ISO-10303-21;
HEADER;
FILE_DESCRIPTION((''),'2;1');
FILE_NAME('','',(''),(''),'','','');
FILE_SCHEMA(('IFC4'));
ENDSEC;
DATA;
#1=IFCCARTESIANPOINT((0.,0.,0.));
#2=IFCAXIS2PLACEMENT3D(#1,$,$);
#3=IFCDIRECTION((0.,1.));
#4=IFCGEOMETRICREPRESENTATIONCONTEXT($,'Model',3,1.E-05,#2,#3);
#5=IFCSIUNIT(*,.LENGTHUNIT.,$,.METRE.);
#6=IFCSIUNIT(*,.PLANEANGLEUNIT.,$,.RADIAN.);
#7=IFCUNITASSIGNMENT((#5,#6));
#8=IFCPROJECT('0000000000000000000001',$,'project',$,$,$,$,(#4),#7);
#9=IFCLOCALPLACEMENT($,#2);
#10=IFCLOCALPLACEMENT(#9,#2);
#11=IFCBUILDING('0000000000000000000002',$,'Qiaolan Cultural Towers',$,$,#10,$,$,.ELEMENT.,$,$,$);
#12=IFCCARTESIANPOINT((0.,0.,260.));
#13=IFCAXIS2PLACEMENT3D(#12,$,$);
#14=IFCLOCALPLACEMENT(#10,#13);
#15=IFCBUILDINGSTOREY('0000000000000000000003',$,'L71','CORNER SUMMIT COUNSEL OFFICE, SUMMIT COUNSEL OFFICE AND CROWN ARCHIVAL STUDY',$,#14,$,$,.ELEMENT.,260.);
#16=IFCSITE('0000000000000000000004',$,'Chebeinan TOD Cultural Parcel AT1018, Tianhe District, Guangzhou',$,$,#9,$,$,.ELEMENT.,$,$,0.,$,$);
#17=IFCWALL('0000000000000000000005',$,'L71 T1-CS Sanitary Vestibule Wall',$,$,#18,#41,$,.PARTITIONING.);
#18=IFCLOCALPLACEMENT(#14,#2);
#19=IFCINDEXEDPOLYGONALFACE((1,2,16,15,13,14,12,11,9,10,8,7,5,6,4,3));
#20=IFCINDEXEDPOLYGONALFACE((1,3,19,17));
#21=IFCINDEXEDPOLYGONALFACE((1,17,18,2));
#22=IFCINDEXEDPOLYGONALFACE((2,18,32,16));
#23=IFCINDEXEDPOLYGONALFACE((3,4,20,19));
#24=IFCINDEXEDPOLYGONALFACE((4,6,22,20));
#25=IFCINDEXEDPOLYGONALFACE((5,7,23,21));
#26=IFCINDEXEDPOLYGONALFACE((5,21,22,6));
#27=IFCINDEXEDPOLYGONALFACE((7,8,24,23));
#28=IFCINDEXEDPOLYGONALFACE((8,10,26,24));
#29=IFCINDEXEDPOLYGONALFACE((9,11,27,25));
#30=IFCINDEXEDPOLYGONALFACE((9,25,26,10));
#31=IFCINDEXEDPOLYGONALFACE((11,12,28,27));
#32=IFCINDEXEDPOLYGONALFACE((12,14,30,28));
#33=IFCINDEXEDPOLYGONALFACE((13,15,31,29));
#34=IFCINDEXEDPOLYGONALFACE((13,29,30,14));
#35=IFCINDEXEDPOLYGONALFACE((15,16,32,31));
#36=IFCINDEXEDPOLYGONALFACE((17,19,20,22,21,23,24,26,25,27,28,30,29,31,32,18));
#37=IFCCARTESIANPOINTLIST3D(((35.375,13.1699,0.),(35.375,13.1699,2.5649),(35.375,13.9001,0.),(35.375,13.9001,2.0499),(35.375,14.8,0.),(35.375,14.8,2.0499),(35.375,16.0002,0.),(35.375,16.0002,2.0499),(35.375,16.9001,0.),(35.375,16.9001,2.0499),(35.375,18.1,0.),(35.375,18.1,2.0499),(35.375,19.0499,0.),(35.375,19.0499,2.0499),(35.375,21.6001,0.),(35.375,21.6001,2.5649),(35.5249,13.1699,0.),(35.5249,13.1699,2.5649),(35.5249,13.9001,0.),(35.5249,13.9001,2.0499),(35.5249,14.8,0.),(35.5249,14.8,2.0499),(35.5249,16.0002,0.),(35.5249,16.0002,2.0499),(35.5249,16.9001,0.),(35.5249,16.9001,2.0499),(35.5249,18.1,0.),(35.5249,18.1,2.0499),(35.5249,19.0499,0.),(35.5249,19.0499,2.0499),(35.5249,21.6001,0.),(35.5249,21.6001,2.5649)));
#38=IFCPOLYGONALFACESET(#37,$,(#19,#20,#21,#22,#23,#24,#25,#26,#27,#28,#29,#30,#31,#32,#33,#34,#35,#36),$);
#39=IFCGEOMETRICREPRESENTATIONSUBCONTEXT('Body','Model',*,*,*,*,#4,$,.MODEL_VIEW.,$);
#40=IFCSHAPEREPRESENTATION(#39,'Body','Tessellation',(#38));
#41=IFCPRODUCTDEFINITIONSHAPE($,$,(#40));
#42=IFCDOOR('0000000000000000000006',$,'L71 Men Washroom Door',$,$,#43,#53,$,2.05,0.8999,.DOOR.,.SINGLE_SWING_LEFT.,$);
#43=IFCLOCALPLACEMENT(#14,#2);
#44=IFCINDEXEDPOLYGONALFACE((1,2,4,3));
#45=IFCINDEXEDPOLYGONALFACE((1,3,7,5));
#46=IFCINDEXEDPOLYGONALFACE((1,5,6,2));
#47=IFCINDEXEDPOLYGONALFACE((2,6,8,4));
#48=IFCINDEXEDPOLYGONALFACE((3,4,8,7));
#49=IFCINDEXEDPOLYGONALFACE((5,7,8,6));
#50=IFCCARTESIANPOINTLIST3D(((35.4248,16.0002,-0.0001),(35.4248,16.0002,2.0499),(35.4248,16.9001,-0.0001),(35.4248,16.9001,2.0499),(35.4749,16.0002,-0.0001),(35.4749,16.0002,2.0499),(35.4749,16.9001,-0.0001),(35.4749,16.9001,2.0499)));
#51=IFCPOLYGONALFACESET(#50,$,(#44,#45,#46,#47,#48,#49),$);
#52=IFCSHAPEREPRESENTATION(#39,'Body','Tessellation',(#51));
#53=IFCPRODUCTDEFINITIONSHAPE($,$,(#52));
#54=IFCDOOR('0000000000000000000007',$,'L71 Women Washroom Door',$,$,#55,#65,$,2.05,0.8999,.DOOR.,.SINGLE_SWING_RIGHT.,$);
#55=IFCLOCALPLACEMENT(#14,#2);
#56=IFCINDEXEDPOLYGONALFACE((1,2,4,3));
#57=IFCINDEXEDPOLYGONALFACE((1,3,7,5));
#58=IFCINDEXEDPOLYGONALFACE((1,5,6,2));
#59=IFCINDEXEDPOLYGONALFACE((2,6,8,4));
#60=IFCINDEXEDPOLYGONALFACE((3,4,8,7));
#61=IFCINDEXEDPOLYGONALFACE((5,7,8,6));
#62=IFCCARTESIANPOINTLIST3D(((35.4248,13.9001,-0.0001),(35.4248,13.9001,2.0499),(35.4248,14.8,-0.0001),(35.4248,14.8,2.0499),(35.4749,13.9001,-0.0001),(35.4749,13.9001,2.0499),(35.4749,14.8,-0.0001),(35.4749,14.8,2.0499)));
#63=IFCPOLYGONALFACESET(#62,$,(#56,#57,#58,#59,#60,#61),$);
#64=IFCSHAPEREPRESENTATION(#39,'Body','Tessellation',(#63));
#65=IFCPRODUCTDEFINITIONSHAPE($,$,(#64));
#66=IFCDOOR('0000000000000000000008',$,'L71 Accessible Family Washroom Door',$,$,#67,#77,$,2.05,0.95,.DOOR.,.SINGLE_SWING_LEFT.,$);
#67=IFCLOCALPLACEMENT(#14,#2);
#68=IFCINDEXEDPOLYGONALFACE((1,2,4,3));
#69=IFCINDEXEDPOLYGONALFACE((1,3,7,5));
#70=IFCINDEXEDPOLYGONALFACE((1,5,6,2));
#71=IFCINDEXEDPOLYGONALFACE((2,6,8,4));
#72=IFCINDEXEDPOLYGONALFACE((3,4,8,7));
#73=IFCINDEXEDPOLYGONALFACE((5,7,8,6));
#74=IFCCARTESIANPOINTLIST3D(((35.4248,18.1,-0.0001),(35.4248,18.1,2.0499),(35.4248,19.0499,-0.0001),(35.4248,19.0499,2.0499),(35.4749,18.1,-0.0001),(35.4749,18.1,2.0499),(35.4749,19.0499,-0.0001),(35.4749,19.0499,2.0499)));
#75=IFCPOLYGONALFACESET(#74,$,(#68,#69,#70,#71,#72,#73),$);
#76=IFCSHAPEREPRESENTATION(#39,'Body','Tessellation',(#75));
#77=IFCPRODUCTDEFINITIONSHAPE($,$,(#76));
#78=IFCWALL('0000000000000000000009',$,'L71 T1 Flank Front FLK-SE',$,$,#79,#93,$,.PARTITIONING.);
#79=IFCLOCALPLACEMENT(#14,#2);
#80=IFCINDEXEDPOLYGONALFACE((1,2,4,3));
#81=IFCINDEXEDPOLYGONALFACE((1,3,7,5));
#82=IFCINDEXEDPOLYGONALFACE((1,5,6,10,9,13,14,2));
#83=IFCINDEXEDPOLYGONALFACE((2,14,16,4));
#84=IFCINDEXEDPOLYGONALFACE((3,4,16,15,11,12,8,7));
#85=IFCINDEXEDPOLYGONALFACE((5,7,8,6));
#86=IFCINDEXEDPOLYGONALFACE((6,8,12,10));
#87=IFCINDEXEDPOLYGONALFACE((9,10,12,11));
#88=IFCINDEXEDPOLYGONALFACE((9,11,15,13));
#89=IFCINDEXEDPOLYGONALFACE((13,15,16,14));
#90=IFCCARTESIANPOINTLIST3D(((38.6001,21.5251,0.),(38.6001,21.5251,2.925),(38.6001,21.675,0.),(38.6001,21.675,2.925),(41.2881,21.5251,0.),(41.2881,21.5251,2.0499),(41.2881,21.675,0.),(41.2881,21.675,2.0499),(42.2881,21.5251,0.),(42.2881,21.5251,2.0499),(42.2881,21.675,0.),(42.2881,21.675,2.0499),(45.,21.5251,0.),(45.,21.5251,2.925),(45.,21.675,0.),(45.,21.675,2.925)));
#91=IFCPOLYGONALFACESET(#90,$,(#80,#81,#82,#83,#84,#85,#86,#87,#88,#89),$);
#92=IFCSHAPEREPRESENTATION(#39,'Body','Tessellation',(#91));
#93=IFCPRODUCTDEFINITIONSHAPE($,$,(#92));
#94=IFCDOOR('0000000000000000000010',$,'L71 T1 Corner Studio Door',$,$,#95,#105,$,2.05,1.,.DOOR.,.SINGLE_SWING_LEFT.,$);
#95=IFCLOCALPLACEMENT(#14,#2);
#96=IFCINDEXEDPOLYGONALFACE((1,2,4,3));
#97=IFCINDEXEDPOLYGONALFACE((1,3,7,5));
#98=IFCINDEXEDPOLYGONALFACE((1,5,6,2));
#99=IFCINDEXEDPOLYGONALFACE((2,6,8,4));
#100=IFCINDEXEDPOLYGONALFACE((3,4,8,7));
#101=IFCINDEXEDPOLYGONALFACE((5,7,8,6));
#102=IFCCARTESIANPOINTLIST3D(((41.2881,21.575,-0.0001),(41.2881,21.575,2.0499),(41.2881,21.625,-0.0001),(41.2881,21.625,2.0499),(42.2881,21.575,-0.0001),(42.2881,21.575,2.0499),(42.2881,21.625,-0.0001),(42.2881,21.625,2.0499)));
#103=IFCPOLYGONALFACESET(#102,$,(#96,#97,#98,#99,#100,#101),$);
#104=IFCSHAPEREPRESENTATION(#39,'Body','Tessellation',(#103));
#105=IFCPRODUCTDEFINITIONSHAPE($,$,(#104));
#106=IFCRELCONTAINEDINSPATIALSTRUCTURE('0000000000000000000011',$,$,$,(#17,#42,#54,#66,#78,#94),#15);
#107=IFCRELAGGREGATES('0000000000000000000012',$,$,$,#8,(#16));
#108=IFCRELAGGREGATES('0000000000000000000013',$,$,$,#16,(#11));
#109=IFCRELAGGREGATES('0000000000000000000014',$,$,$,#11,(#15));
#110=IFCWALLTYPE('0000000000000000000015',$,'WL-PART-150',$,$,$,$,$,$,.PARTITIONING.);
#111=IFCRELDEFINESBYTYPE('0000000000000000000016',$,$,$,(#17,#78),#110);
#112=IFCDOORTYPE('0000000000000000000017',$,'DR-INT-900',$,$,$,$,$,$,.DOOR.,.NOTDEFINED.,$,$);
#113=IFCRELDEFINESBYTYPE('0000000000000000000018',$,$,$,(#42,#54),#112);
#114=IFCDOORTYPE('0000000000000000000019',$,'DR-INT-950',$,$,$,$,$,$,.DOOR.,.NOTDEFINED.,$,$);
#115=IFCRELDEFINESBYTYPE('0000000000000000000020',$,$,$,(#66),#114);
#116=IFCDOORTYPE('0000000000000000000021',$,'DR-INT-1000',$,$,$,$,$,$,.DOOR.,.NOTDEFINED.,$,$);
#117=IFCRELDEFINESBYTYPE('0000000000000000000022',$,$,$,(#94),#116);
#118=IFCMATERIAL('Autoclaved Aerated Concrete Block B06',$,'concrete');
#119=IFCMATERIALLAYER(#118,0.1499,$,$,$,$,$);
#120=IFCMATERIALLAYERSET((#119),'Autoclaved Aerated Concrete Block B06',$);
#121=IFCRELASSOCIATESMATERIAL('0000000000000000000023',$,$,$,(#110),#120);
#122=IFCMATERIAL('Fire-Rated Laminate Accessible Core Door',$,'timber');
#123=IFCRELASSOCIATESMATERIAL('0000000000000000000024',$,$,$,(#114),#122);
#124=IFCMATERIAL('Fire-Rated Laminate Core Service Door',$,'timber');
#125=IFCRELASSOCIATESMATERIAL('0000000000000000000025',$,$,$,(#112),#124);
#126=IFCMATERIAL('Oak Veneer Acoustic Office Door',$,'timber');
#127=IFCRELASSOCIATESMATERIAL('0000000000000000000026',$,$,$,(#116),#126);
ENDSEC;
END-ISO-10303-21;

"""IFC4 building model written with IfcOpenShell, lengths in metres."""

from ifc_helpers import new_model, si_unit, direction, frame, frame_2d, origin, place, context, subcontext, project, spatial, rectangle, extrude, material, layer, layer_set, type_object, element, fill, save


model = new_model("IFC4")

# Units and contexts
model_context = context("Model", 3, precision=1e-05, world=origin(), true_north=direction((0.0, 1.0)))
body_context = subcontext(model_context, "Body", "Model", "MODEL_VIEW")
ifc_project = project(units=[si_unit("LENGTHUNIT", "METRE"), si_unit("PLANEANGLEUNIT", "RADIAN")], contexts=[model_context])

# Site, building, storey
site_placement = place(None, origin())
site = spatial("IfcSite", under=ifc_project, at=site_placement, Name="Chebeinan TOD Cultural Parcel AT1018, Tianhe District, Guangzhou", CompositionType="ELEMENT", RefElevation=0.0)
building_placement = place(site_placement, origin())
building = spatial("IfcBuilding", under=site, at=building_placement, Name="Qiaolan Cultural Towers", CompositionType="ELEMENT")
storey_placement = place(building_placement, frame((0.0, 0.0, 260.0)))
storey = spatial("IfcBuildingStorey", under=building, at=storey_placement, Name="L71", Description="CORNER SUMMIT COUNSEL OFFICE, SUMMIT COUNSEL OFFICE AND CROWN ARCHIVAL STUDY", CompositionType="ELEMENT", Elevation=260.0)

# Shared definitions
ifc_material_1 = material(Name="Autoclaved Aerated Concrete Block B06", Category="concrete")
ifc_layer_1 = layer(ifc_material_1, 0.1499)
ifc_layer_set_1 = layer_set([ifc_layer_1], Name="Autoclaved Aerated Concrete Block B06")
wall_type_1 = type_object("IfcWallType", Name="WL-PART-150", PredefinedType="PARTITIONING", material=ifc_layer_set_1)
ifc_material_2 = material(Name="Fire-Rated Laminate Accessible Core Door", Category="timber")
door_type_1 = type_object("IfcDoorType", Name="DR-INT-950", OperationType="NOTDEFINED", PredefinedType="DOOR", material=ifc_material_2)

# Wall, openings, doors
wall_1_placement = place(storey_placement, frame((35.45, 21.6001, 0.0), z_axis=(0.0, 0.0, 1.0), x_axis=(0.0, -1.0, 0.0)))
wall_1 = element("IfcWall", 1, at=wall_1_placement, inside=storey, type_object=wall_type_1, Name="L71 T1-CS Sanitary Vestibule Wall", PredefinedType="PARTITIONING", context=body_context, shape_type="SweptSolid", body=[
    extrude(rectangle(XDim=8.4302, YDim=0.1499, at=frame_2d((4.2151, 0.0))), origin(), (0.0, 0.0, 1.0), 2.5649),
])
opening_1_placement = place(wall_1_placement, frame((2.55, 0.0, 0.0)))
opening_1 = element("IfcOpeningElement", 2, at=opening_1_placement, cuts=wall_1, PredefinedType="OPENING", context=body_context, shape_type="SweptSolid", body=[
    extrude(rectangle(XDim=0.95, YDim=2.05, at=frame_2d((0.4751, 1.0249))), frame((0.0, 0.085, 0.0), z_axis=(0.0, -1.0, 0.0), x_axis=(1.0, 0.0, 0.0)), (0.0, 0.0, 1.0), 0.1699),
])
opening_2_placement = place(wall_1_placement, frame((4.7, 0.0, 0.0)))
opening_2 = element("IfcOpeningElement", 3, at=opening_2_placement, cuts=wall_1, PredefinedType="OPENING", context=body_context, shape_type="SweptSolid", body=[
    extrude(rectangle(XDim=0.8999, YDim=2.05, at=frame_2d((0.45, 1.0249))), frame((0.0, 0.085, 0.0), z_axis=(0.0, -1.0, 0.0), x_axis=(1.0, 0.0, 0.0)), (0.0, 0.0, 1.0), 0.1699),
])
opening_3_placement = place(wall_1_placement, frame((6.8, 0.0, 0.0)))
opening_3 = element("IfcOpeningElement", 4, at=opening_3_placement, cuts=wall_1, PredefinedType="OPENING", context=body_context, shape_type="SweptSolid", body=[
    extrude(rectangle(XDim=0.8999, YDim=2.05, at=frame_2d((0.45, 1.0249))), frame((0.0, 0.085, 0.0), z_axis=(0.0, -1.0, 0.0), x_axis=(1.0, 0.0, 0.0)), (0.0, 0.0, 1.0), 0.1699),
])
ifc_material_3 = material(Name="Fire-Rated Laminate Core Service Door", Category="timber")
door_type_2 = type_object("IfcDoorType", Name="DR-INT-900", OperationType="NOTDEFINED", PredefinedType="DOOR", material=ifc_material_3)
door_1_placement = place(opening_2_placement, origin())
door_1 = element("IfcDoor", 5, at=door_1_placement, inside=storey, type_object=door_type_2, Name="L71 Men Washroom Door", OperationType="SINGLE_SWING_LEFT", OverallHeight=2.05, OverallWidth=0.8999, PredefinedType="DOOR", context=body_context, shape_type="SweptSolid", body=[
    extrude(rectangle(XDim=0.8999, YDim=2.05, at=frame_2d((0.45, 1.0249))), frame((0.0, 0.0249, 0.0), z_axis=(0.0, -1.0, 0.0), x_axis=(1.0, 0.0, 0.0)), (0.0, 0.0, 1.0), 0.05),
])
fill(opening_2, door_1)
door_2_placement = place(opening_3_placement, origin())
door_2 = element("IfcDoor", 6, at=door_2_placement, inside=storey, type_object=door_type_2, Name="L71 Women Washroom Door", OperationType="SINGLE_SWING_RIGHT", OverallHeight=2.05, OverallWidth=0.8999, PredefinedType="DOOR", context=body_context, shape_type="SweptSolid", body=[
    extrude(rectangle(XDim=0.8999, YDim=2.05, at=frame_2d((0.45, 1.0249))), frame((0.0, 0.0249, 0.0), z_axis=(0.0, -1.0, 0.0), x_axis=(1.0, 0.0, 0.0)), (0.0, 0.0, 1.0), 0.05),
])
fill(opening_3, door_2)
door_3_placement = place(opening_1_placement, origin())
door_3 = element("IfcDoor", 7, at=door_3_placement, inside=storey, type_object=door_type_1, Name="L71 Accessible Family Washroom Door", OperationType="SINGLE_SWING_LEFT", OverallHeight=2.05, OverallWidth=0.95, PredefinedType="DOOR", context=body_context, shape_type="SweptSolid", body=[
    extrude(rectangle(XDim=0.95, YDim=2.05, at=frame_2d((0.4751, 1.0249))), frame((0.0, 0.0249, 0.0), z_axis=(0.0, -1.0, 0.0), x_axis=(1.0, 0.0, 0.0)), (0.0, 0.0, 1.0), 0.05),
])
fill(opening_1, door_3)

# Wall, opening, door
wall_2_placement = place(storey_placement, frame((38.6001, 21.6001, 0.0), z_axis=(0.0, 0.0, 1.0), x_axis=(1.0, 0.0, 0.0)))
wall_2 = element("IfcWall", 8, at=wall_2_placement, inside=storey, type_object=wall_type_1, Name="L71 T1 Flank Front FLK-SE", PredefinedType="PARTITIONING", context=body_context, shape_type="SweptSolid", body=[
    extrude(rectangle(XDim=6.3999, YDim=0.1499, at=frame_2d((3.2, 0.0))), origin(), (0.0, 0.0, 1.0), 2.925),
])
opening_4_placement = place(wall_2_placement, frame((2.688, 0.0, 0.0)))
opening_4 = element("IfcOpeningElement", 9, at=opening_4_placement, cuts=wall_2, PredefinedType="OPENING", context=body_context, shape_type="SweptSolid", body=[
    extrude(rectangle(XDim=1.0, YDim=2.05, at=frame_2d((0.5, 1.0249))), frame((0.0, 0.085, 0.0), z_axis=(0.0, -1.0, 0.0), x_axis=(1.0, 0.0, 0.0)), (0.0, 0.0, 1.0), 0.1699),
])
ifc_material_4 = material(Name="Oak Veneer Acoustic Office Door", Category="timber")
door_type_3 = type_object("IfcDoorType", Name="DR-INT-1000", OperationType="NOTDEFINED", PredefinedType="DOOR", material=ifc_material_4)
door_4_placement = place(opening_4_placement, origin())
door_4 = element("IfcDoor", 10, at=door_4_placement, inside=storey, type_object=door_type_3, Name="L71 T1 Corner Studio Door", OperationType="SINGLE_SWING_LEFT", OverallHeight=2.05, OverallWidth=1.0, PredefinedType="DOOR", context=body_context, shape_type="SweptSolid", body=[
    extrude(rectangle(XDim=1.0, YDim=2.05, at=frame_2d((0.5, 1.0249))), frame((0.0, 0.0249, 0.0), z_axis=(0.0, -1.0, 0.0), x_axis=(1.0, 0.0, 0.0)), (0.0, 0.0, 1.0), 0.05),
])
fill(opening_4, door_4)

save(model, "model.ifc")
